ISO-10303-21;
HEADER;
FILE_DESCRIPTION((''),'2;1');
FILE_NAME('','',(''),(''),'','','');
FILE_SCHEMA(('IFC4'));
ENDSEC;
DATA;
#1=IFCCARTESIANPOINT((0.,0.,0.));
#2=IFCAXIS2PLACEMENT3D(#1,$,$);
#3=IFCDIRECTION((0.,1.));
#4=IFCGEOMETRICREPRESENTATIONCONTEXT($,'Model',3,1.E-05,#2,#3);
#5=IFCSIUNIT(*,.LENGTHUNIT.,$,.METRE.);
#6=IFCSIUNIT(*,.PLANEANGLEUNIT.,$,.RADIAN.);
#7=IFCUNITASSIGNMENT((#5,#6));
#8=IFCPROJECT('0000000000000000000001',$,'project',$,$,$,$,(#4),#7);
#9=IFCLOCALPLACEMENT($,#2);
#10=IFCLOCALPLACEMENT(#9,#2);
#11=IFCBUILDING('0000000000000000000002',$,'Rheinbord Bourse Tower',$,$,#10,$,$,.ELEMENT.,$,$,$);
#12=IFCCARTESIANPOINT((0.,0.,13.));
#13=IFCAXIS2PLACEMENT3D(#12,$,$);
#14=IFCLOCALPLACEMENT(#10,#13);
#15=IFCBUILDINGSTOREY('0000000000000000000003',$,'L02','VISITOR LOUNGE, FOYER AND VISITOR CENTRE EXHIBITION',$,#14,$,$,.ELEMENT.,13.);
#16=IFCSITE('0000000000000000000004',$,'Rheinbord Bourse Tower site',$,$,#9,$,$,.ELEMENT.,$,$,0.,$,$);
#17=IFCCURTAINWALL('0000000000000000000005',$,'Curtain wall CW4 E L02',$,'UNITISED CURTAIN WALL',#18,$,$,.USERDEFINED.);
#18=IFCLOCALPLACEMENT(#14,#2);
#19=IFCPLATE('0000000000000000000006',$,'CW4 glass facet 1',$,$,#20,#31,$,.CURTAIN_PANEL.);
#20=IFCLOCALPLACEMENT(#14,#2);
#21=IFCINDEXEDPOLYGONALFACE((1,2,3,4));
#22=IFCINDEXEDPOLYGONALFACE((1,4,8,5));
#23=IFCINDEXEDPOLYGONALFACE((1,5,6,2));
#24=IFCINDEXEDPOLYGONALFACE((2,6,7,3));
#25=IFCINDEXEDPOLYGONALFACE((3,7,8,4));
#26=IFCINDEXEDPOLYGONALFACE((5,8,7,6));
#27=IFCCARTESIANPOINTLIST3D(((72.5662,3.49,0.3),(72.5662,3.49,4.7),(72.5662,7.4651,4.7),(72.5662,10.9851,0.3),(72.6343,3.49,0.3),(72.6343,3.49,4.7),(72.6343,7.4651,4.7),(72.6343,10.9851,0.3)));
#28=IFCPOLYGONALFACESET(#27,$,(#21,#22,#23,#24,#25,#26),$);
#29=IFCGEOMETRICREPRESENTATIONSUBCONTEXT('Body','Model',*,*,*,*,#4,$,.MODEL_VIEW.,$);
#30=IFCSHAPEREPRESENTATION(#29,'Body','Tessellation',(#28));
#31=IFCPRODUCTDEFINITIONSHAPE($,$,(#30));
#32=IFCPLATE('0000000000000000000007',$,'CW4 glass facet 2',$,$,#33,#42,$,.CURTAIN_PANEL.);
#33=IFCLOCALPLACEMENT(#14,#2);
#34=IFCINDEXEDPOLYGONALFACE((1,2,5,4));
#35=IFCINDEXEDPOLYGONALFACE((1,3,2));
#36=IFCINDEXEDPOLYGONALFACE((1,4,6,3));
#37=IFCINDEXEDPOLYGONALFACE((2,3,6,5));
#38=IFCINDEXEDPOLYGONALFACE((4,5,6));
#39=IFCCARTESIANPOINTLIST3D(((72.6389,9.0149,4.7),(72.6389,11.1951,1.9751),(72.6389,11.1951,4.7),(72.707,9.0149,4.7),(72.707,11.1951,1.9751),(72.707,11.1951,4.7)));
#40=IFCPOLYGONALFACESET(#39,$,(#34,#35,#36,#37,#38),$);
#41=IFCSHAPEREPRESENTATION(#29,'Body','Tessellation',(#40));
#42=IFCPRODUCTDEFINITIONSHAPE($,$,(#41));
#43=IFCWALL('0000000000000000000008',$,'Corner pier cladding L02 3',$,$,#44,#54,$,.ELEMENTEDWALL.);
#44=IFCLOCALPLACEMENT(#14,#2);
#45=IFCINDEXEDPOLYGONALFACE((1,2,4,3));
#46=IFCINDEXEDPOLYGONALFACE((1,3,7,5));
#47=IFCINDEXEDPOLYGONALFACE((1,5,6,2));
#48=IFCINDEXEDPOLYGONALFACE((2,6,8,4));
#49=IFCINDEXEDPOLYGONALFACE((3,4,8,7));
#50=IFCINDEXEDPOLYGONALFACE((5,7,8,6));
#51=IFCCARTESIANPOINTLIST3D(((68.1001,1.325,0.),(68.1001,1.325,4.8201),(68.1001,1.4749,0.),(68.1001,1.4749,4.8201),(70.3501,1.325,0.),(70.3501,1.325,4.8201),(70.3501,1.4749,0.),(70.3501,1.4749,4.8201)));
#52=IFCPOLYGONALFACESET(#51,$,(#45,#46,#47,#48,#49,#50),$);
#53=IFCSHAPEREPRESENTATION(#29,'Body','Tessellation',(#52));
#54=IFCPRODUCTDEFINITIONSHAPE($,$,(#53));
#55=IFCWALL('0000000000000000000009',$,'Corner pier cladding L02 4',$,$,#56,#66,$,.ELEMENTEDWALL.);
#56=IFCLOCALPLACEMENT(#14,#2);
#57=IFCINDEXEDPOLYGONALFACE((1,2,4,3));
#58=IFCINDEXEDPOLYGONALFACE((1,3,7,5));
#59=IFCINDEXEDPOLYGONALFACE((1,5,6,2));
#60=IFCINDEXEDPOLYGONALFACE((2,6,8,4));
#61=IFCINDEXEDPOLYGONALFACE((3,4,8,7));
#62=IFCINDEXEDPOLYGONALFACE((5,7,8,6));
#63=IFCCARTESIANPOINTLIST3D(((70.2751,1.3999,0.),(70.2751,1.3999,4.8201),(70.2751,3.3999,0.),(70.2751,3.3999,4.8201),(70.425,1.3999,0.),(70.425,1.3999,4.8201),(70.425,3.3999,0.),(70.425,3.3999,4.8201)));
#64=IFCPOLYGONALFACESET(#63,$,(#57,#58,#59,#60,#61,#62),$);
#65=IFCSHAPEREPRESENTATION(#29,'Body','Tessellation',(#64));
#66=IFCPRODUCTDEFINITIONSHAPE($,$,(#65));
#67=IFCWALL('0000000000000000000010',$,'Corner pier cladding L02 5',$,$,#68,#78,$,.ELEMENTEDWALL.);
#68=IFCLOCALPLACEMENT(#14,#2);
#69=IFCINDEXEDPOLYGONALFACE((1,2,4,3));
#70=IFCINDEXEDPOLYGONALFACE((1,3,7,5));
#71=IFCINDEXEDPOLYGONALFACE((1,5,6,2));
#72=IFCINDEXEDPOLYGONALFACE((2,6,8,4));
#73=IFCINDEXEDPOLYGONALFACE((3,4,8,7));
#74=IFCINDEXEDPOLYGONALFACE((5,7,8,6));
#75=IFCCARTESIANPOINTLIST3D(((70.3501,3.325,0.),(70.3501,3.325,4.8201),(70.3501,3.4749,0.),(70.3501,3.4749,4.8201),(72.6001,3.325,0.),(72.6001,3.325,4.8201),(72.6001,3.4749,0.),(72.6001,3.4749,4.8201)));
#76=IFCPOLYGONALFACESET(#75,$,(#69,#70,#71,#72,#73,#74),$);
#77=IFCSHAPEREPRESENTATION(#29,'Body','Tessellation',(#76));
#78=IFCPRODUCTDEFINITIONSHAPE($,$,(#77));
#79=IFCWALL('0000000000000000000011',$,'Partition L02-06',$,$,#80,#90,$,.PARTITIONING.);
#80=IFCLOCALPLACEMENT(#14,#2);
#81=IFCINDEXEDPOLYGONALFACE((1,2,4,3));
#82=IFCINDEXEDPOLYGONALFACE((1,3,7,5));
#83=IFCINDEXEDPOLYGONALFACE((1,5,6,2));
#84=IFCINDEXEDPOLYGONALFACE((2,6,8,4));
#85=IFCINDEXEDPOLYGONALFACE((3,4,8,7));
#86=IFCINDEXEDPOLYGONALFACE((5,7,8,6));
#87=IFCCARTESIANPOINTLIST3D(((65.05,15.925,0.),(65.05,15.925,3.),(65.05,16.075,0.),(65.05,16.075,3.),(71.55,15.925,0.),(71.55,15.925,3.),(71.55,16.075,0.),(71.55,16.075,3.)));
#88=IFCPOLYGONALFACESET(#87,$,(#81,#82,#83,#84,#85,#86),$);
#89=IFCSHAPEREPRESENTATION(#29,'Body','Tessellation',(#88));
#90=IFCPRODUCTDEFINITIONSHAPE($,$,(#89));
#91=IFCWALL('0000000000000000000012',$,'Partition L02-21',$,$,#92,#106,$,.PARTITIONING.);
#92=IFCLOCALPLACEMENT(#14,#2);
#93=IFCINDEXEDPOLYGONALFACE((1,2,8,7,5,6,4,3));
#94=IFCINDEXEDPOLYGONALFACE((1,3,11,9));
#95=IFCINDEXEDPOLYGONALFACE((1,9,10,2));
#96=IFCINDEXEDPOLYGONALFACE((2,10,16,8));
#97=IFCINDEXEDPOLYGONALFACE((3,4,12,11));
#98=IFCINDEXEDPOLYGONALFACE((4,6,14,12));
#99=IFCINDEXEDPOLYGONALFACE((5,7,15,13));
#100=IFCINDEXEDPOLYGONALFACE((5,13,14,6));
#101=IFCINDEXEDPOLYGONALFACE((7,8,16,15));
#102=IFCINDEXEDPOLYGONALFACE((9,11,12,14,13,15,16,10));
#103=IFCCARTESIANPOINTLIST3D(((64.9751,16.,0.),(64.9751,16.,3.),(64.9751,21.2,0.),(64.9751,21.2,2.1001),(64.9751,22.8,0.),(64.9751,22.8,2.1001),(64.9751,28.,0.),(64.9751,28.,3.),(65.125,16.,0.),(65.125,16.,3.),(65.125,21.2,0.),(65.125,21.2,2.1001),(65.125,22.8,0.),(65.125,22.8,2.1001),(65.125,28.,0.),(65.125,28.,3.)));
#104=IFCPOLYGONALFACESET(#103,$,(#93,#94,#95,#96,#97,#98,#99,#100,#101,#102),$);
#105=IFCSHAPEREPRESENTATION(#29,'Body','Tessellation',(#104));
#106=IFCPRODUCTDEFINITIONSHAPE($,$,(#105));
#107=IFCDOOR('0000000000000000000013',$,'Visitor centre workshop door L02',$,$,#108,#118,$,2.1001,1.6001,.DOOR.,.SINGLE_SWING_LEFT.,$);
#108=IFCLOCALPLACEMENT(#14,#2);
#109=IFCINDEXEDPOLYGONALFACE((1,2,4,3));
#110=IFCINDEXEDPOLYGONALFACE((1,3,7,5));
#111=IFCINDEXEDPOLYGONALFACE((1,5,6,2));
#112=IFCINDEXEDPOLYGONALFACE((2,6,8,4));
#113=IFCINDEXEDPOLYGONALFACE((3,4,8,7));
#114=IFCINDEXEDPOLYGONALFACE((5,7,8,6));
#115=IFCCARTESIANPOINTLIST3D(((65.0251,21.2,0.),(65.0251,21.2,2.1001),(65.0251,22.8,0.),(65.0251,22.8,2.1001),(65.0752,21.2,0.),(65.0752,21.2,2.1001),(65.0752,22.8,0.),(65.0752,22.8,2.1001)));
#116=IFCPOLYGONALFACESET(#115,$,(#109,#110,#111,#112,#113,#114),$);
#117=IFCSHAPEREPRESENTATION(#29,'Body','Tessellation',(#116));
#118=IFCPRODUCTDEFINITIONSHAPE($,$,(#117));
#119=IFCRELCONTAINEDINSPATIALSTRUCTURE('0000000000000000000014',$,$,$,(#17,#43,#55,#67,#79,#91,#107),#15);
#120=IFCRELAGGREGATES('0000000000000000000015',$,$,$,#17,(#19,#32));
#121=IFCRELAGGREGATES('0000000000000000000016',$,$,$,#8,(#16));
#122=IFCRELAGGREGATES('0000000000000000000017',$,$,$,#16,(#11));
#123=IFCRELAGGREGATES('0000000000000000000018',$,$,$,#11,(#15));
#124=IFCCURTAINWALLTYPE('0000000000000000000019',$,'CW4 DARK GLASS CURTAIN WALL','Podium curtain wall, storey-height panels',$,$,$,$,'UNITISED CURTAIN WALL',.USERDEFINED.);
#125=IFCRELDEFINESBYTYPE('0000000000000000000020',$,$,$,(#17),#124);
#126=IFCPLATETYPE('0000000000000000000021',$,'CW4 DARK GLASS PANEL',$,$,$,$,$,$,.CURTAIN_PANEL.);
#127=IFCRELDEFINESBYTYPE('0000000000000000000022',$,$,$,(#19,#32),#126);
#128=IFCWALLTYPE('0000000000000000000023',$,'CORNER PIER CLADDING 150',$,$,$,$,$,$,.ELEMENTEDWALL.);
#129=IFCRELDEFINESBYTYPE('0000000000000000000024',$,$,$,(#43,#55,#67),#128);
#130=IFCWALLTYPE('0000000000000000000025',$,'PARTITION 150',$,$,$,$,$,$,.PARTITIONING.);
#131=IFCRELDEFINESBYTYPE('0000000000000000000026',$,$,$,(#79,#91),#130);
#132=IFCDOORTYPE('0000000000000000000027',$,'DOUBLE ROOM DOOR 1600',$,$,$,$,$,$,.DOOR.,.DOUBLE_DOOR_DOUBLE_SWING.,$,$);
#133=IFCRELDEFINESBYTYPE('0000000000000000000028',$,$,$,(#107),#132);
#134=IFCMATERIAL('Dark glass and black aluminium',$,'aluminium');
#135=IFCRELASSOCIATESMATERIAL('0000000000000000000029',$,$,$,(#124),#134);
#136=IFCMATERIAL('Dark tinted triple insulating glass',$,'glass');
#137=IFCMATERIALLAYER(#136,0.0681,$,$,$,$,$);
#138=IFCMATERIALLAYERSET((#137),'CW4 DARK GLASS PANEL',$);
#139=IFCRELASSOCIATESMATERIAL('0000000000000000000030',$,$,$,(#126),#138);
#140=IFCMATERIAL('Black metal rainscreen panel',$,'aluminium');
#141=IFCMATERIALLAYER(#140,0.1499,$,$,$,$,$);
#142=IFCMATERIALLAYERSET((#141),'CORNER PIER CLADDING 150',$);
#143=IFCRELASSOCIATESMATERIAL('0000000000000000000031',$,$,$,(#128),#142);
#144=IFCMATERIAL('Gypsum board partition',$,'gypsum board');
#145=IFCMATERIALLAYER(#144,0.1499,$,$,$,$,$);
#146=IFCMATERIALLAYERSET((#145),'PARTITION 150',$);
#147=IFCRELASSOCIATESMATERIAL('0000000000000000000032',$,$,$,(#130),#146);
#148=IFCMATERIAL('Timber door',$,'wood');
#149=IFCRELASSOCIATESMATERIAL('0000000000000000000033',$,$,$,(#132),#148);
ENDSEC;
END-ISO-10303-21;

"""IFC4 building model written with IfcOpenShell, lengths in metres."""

from ifc_helpers import new_model, si_unit, direction, frame, frame_2d, origin, place, context, subcontext, project, spatial, polyline, rectangle, outline, extrude, material, layer, layer_set, type_object, element, fill, aggregate, save


model = new_model("IFC4")

# Units and contexts
model_context = context("Model", 3, precision=1e-05, world=origin(), true_north=direction((0.0, 1.0)))
body_context = subcontext(model_context, "Body", "Model", "MODEL_VIEW")
ifc_project = project(units=[si_unit("LENGTHUNIT", "METRE"), si_unit("PLANEANGLEUNIT", "RADIAN")], contexts=[model_context])

# Site, building, storey
site_placement = place(None, origin())
site = spatial("IfcSite", under=ifc_project, at=site_placement, Name="Rheinbord Bourse Tower site", CompositionType="ELEMENT", RefElevation=0.0)
building_placement = place(site_placement, origin())
building = spatial("IfcBuilding", under=site, at=building_placement, Name="Rheinbord Bourse Tower", CompositionType="ELEMENT")
storey_placement = place(building_placement, frame((0.0, 0.0, 13.0)))
storey = spatial("IfcBuildingStorey", under=building, at=storey_placement, Name="L02", Description="VISITOR LOUNGE, FOYER AND VISITOR CENTRE EXHIBITION", CompositionType="ELEMENT", Elevation=13.0)

# Curtain wall
ifc_material_1 = material(Name="Dark glass and black aluminium", Category="aluminium")
curtain_wall_type = type_object("IfcCurtainWallType", Name="CW4 DARK GLASS CURTAIN WALL", Description="Podium curtain wall, storey-height panels", ElementType="UNITISED CURTAIN WALL", PredefinedType="USERDEFINED", material=ifc_material_1)
curtain_wall_1_placement = place(storey_placement, origin())
curtain_wall_1 = element("IfcCurtainWall", 1, at=curtain_wall_1_placement, inside=storey, type_object=curtain_wall_type, Name="Curtain wall CW4 E L02", ObjectType="UNITISED CURTAIN WALL", PredefinedType="USERDEFINED")

# Plates
ifc_material_2 = material(Name="Dark tinted triple insulating glass", Category="glass")
ifc_layer_1 = layer(ifc_material_2, 0.0681)
ifc_layer_set_1 = layer_set([ifc_layer_1], Name="CW4 DARK GLASS PANEL")
plate_type = type_object("IfcPlateType", Name="CW4 DARK GLASS PANEL", PredefinedType="CURTAIN_PANEL", material=ifc_layer_set_1)
plate_1_placement = place(storey_placement, frame((72.6343, 3.49, 0.3), z_axis=(-1.0, 0.0, 0.0), x_axis=(0.0, 0.0, 1.0)))
plate_1 = element("IfcPlate", 2, at=plate_1_placement, type_object=plate_type, Name="CW4 glass facet 1", PredefinedType="CURTAIN_PANEL", context=body_context, shape_type="SweptSolid", body=[
    extrude(outline(polyline([(0.0, 0.0), (4.3999, 0.0), (4.3999, 3.9751), (0.0, 7.4951), (0.0, 0.0)])), origin(), (0.0, 0.0, 1.0), 0.0681),
])
plate_2_placement = place(storey_placement, frame((72.707, 11.1951, 4.7), z_axis=(-1.0, 0.0, 0.0), x_axis=(0.0, 0.0, -1.0)))
plate_2 = element("IfcPlate", 3, at=plate_2_placement, type_object=plate_type, Name="CW4 glass facet 2", PredefinedType="CURTAIN_PANEL", context=body_context, shape_type="SweptSolid", body=[
    extrude(outline(polyline([(0.0, 0.0), (2.7249, 0.0), (0.0, 2.1802), (0.0, 0.0)])), origin(), (0.0, 0.0, 1.0), 0.0681),
])
aggregate(curtain_wall_1, [plate_1, plate_2])

# Walls
ifc_material_3 = material(Name="Black metal rainscreen panel", Category="aluminium")
ifc_layer_2 = layer(ifc_material_3, 0.1499)
ifc_layer_set_2 = layer_set([ifc_layer_2], Name="CORNER PIER CLADDING 150")
wall_type_1 = type_object("IfcWallType", Name="CORNER PIER CLADDING 150", PredefinedType="ELEMENTEDWALL", material=ifc_layer_set_2)
wall_1_placement = place(storey_placement, frame((68.1001, 1.3999, 0.0), z_axis=(0.0, 0.0, 1.0), x_axis=(1.0, 0.0, 0.0)))
element("IfcWall", 4, at=wall_1_placement, inside=storey, type_object=wall_type_1, Name="Corner pier cladding L02 3", PredefinedType="ELEMENTEDWALL", context=body_context, shape_type="SweptSolid", body=[
    extrude(rectangle(XDim=2.25, YDim=0.1499, at=frame_2d((1.125, 0.0))), origin(), (0.0, 0.0, 1.0), 4.8201),
])
wall_2_placement = place(storey_placement, frame((70.3501, 1.3999, 0.0), z_axis=(0.0, 0.0, 1.0), x_axis=(0.0, 1.0, 0.0)))
element("IfcWall", 5, at=wall_2_placement, inside=storey, type_object=wall_type_1, Name="Corner pier cladding L02 4", PredefinedType="ELEMENTEDWALL", context=body_context, shape_type="SweptSolid", body=[
    extrude(rectangle(XDim=2.0, YDim=0.1499, at=frame_2d((1.0, 0.0))), origin(), (0.0, 0.0, 1.0), 4.8201),
])
wall_3_placement = place(storey_placement, frame((70.3501, 3.3999, 0.0), z_axis=(0.0, 0.0, 1.0), x_axis=(1.0, 0.0, 0.0)))
element("IfcWall", 6, at=wall_3_placement, inside=storey, type_object=wall_type_1, Name="Corner pier cladding L02 5", PredefinedType="ELEMENTEDWALL", context=body_context, shape_type="SweptSolid", body=[
    extrude(rectangle(XDim=2.25, YDim=0.1499, at=frame_2d((1.125, 0.0))), origin(), (0.0, 0.0, 1.0), 4.8201),
])
ifc_material_4 = material(Name="Gypsum board partition", Category="gypsum board")
ifc_layer_3 = layer(ifc_material_4, 0.1499)
ifc_layer_set_3 = layer_set([ifc_layer_3], Name="PARTITION 150")
wall_type_2 = type_object("IfcWallType", Name="PARTITION 150", PredefinedType="PARTITIONING", material=ifc_layer_set_3)
wall_4_placement = place(storey_placement, frame((65.05, 16.0, 0.0), z_axis=(0.0, 0.0, 1.0), x_axis=(1.0, 0.0, 0.0)))
element("IfcWall", 7, at=wall_4_placement, inside=storey, type_object=wall_type_2, Name="Partition L02-06", PredefinedType="PARTITIONING", context=body_context, shape_type="SweptSolid", body=[
    extrude(rectangle(XDim=6.5, YDim=0.1499, at=frame_2d((3.25, 0.0))), origin(), (0.0, 0.0, 1.0), 3.0),
])

# Wall, opening, door
wall_5_placement = place(storey_placement, frame((65.05, 16.0, 0.0), z_axis=(0.0, 0.0, 1.0), x_axis=(0.0, 1.0, 0.0)))
wall_5 = element("IfcWall", 8, at=wall_5_placement, inside=storey, type_object=wall_type_2, Name="Partition L02-21", PredefinedType="PARTITIONING", context=body_context, shape_type="SweptSolid", body=[
    extrude(rectangle(XDim=12.0, YDim=0.1499, at=frame_2d((6.0, 0.0))), origin(), (0.0, 0.0, 1.0), 3.0),
])
opening_placement = place(wall_5_placement, frame((5.2, 0.0, 0.0)))
opening = element("IfcOpeningElement", 9, at=opening_placement, cuts=wall_5, PredefinedType="OPENING", context=body_context, shape_type="SweptSolid", body=[
    extrude(rectangle(XDim=1.6001, YDim=2.1001, at=frame_2d((0.8, 1.05))), frame((0.0, 0.085, 0.0), z_axis=(0.0, -1.0, 0.0), x_axis=(1.0, 0.0, 0.0)), (0.0, 0.0, 1.0), 0.1699),
])
ifc_material_5 = material(Name="Timber door", Category="wood")
door_type = type_object("IfcDoorType", Name="DOUBLE ROOM DOOR 1600", OperationType="DOUBLE_DOOR_DOUBLE_SWING", PredefinedType="DOOR", material=ifc_material_5)
door_placement = place(opening_placement, origin())
door = element("IfcDoor", 10, at=door_placement, inside=storey, type_object=door_type, Name="Visitor centre workshop door L02", OperationType="SINGLE_SWING_LEFT", OverallHeight=2.1001, OverallWidth=1.6001, PredefinedType="DOOR", context=body_context, shape_type="SweptSolid", body=[
    extrude(rectangle(XDim=1.6001, YDim=2.1001, at=frame_2d((0.8, 1.05))), frame((0.0, 0.0249, 0.0), z_axis=(0.0, -1.0, 0.0), x_axis=(1.0, 0.0, 0.0)), (0.0, 0.0, 1.0), 0.05),
])
fill(opening, door)

save(model, "model.ifc")
